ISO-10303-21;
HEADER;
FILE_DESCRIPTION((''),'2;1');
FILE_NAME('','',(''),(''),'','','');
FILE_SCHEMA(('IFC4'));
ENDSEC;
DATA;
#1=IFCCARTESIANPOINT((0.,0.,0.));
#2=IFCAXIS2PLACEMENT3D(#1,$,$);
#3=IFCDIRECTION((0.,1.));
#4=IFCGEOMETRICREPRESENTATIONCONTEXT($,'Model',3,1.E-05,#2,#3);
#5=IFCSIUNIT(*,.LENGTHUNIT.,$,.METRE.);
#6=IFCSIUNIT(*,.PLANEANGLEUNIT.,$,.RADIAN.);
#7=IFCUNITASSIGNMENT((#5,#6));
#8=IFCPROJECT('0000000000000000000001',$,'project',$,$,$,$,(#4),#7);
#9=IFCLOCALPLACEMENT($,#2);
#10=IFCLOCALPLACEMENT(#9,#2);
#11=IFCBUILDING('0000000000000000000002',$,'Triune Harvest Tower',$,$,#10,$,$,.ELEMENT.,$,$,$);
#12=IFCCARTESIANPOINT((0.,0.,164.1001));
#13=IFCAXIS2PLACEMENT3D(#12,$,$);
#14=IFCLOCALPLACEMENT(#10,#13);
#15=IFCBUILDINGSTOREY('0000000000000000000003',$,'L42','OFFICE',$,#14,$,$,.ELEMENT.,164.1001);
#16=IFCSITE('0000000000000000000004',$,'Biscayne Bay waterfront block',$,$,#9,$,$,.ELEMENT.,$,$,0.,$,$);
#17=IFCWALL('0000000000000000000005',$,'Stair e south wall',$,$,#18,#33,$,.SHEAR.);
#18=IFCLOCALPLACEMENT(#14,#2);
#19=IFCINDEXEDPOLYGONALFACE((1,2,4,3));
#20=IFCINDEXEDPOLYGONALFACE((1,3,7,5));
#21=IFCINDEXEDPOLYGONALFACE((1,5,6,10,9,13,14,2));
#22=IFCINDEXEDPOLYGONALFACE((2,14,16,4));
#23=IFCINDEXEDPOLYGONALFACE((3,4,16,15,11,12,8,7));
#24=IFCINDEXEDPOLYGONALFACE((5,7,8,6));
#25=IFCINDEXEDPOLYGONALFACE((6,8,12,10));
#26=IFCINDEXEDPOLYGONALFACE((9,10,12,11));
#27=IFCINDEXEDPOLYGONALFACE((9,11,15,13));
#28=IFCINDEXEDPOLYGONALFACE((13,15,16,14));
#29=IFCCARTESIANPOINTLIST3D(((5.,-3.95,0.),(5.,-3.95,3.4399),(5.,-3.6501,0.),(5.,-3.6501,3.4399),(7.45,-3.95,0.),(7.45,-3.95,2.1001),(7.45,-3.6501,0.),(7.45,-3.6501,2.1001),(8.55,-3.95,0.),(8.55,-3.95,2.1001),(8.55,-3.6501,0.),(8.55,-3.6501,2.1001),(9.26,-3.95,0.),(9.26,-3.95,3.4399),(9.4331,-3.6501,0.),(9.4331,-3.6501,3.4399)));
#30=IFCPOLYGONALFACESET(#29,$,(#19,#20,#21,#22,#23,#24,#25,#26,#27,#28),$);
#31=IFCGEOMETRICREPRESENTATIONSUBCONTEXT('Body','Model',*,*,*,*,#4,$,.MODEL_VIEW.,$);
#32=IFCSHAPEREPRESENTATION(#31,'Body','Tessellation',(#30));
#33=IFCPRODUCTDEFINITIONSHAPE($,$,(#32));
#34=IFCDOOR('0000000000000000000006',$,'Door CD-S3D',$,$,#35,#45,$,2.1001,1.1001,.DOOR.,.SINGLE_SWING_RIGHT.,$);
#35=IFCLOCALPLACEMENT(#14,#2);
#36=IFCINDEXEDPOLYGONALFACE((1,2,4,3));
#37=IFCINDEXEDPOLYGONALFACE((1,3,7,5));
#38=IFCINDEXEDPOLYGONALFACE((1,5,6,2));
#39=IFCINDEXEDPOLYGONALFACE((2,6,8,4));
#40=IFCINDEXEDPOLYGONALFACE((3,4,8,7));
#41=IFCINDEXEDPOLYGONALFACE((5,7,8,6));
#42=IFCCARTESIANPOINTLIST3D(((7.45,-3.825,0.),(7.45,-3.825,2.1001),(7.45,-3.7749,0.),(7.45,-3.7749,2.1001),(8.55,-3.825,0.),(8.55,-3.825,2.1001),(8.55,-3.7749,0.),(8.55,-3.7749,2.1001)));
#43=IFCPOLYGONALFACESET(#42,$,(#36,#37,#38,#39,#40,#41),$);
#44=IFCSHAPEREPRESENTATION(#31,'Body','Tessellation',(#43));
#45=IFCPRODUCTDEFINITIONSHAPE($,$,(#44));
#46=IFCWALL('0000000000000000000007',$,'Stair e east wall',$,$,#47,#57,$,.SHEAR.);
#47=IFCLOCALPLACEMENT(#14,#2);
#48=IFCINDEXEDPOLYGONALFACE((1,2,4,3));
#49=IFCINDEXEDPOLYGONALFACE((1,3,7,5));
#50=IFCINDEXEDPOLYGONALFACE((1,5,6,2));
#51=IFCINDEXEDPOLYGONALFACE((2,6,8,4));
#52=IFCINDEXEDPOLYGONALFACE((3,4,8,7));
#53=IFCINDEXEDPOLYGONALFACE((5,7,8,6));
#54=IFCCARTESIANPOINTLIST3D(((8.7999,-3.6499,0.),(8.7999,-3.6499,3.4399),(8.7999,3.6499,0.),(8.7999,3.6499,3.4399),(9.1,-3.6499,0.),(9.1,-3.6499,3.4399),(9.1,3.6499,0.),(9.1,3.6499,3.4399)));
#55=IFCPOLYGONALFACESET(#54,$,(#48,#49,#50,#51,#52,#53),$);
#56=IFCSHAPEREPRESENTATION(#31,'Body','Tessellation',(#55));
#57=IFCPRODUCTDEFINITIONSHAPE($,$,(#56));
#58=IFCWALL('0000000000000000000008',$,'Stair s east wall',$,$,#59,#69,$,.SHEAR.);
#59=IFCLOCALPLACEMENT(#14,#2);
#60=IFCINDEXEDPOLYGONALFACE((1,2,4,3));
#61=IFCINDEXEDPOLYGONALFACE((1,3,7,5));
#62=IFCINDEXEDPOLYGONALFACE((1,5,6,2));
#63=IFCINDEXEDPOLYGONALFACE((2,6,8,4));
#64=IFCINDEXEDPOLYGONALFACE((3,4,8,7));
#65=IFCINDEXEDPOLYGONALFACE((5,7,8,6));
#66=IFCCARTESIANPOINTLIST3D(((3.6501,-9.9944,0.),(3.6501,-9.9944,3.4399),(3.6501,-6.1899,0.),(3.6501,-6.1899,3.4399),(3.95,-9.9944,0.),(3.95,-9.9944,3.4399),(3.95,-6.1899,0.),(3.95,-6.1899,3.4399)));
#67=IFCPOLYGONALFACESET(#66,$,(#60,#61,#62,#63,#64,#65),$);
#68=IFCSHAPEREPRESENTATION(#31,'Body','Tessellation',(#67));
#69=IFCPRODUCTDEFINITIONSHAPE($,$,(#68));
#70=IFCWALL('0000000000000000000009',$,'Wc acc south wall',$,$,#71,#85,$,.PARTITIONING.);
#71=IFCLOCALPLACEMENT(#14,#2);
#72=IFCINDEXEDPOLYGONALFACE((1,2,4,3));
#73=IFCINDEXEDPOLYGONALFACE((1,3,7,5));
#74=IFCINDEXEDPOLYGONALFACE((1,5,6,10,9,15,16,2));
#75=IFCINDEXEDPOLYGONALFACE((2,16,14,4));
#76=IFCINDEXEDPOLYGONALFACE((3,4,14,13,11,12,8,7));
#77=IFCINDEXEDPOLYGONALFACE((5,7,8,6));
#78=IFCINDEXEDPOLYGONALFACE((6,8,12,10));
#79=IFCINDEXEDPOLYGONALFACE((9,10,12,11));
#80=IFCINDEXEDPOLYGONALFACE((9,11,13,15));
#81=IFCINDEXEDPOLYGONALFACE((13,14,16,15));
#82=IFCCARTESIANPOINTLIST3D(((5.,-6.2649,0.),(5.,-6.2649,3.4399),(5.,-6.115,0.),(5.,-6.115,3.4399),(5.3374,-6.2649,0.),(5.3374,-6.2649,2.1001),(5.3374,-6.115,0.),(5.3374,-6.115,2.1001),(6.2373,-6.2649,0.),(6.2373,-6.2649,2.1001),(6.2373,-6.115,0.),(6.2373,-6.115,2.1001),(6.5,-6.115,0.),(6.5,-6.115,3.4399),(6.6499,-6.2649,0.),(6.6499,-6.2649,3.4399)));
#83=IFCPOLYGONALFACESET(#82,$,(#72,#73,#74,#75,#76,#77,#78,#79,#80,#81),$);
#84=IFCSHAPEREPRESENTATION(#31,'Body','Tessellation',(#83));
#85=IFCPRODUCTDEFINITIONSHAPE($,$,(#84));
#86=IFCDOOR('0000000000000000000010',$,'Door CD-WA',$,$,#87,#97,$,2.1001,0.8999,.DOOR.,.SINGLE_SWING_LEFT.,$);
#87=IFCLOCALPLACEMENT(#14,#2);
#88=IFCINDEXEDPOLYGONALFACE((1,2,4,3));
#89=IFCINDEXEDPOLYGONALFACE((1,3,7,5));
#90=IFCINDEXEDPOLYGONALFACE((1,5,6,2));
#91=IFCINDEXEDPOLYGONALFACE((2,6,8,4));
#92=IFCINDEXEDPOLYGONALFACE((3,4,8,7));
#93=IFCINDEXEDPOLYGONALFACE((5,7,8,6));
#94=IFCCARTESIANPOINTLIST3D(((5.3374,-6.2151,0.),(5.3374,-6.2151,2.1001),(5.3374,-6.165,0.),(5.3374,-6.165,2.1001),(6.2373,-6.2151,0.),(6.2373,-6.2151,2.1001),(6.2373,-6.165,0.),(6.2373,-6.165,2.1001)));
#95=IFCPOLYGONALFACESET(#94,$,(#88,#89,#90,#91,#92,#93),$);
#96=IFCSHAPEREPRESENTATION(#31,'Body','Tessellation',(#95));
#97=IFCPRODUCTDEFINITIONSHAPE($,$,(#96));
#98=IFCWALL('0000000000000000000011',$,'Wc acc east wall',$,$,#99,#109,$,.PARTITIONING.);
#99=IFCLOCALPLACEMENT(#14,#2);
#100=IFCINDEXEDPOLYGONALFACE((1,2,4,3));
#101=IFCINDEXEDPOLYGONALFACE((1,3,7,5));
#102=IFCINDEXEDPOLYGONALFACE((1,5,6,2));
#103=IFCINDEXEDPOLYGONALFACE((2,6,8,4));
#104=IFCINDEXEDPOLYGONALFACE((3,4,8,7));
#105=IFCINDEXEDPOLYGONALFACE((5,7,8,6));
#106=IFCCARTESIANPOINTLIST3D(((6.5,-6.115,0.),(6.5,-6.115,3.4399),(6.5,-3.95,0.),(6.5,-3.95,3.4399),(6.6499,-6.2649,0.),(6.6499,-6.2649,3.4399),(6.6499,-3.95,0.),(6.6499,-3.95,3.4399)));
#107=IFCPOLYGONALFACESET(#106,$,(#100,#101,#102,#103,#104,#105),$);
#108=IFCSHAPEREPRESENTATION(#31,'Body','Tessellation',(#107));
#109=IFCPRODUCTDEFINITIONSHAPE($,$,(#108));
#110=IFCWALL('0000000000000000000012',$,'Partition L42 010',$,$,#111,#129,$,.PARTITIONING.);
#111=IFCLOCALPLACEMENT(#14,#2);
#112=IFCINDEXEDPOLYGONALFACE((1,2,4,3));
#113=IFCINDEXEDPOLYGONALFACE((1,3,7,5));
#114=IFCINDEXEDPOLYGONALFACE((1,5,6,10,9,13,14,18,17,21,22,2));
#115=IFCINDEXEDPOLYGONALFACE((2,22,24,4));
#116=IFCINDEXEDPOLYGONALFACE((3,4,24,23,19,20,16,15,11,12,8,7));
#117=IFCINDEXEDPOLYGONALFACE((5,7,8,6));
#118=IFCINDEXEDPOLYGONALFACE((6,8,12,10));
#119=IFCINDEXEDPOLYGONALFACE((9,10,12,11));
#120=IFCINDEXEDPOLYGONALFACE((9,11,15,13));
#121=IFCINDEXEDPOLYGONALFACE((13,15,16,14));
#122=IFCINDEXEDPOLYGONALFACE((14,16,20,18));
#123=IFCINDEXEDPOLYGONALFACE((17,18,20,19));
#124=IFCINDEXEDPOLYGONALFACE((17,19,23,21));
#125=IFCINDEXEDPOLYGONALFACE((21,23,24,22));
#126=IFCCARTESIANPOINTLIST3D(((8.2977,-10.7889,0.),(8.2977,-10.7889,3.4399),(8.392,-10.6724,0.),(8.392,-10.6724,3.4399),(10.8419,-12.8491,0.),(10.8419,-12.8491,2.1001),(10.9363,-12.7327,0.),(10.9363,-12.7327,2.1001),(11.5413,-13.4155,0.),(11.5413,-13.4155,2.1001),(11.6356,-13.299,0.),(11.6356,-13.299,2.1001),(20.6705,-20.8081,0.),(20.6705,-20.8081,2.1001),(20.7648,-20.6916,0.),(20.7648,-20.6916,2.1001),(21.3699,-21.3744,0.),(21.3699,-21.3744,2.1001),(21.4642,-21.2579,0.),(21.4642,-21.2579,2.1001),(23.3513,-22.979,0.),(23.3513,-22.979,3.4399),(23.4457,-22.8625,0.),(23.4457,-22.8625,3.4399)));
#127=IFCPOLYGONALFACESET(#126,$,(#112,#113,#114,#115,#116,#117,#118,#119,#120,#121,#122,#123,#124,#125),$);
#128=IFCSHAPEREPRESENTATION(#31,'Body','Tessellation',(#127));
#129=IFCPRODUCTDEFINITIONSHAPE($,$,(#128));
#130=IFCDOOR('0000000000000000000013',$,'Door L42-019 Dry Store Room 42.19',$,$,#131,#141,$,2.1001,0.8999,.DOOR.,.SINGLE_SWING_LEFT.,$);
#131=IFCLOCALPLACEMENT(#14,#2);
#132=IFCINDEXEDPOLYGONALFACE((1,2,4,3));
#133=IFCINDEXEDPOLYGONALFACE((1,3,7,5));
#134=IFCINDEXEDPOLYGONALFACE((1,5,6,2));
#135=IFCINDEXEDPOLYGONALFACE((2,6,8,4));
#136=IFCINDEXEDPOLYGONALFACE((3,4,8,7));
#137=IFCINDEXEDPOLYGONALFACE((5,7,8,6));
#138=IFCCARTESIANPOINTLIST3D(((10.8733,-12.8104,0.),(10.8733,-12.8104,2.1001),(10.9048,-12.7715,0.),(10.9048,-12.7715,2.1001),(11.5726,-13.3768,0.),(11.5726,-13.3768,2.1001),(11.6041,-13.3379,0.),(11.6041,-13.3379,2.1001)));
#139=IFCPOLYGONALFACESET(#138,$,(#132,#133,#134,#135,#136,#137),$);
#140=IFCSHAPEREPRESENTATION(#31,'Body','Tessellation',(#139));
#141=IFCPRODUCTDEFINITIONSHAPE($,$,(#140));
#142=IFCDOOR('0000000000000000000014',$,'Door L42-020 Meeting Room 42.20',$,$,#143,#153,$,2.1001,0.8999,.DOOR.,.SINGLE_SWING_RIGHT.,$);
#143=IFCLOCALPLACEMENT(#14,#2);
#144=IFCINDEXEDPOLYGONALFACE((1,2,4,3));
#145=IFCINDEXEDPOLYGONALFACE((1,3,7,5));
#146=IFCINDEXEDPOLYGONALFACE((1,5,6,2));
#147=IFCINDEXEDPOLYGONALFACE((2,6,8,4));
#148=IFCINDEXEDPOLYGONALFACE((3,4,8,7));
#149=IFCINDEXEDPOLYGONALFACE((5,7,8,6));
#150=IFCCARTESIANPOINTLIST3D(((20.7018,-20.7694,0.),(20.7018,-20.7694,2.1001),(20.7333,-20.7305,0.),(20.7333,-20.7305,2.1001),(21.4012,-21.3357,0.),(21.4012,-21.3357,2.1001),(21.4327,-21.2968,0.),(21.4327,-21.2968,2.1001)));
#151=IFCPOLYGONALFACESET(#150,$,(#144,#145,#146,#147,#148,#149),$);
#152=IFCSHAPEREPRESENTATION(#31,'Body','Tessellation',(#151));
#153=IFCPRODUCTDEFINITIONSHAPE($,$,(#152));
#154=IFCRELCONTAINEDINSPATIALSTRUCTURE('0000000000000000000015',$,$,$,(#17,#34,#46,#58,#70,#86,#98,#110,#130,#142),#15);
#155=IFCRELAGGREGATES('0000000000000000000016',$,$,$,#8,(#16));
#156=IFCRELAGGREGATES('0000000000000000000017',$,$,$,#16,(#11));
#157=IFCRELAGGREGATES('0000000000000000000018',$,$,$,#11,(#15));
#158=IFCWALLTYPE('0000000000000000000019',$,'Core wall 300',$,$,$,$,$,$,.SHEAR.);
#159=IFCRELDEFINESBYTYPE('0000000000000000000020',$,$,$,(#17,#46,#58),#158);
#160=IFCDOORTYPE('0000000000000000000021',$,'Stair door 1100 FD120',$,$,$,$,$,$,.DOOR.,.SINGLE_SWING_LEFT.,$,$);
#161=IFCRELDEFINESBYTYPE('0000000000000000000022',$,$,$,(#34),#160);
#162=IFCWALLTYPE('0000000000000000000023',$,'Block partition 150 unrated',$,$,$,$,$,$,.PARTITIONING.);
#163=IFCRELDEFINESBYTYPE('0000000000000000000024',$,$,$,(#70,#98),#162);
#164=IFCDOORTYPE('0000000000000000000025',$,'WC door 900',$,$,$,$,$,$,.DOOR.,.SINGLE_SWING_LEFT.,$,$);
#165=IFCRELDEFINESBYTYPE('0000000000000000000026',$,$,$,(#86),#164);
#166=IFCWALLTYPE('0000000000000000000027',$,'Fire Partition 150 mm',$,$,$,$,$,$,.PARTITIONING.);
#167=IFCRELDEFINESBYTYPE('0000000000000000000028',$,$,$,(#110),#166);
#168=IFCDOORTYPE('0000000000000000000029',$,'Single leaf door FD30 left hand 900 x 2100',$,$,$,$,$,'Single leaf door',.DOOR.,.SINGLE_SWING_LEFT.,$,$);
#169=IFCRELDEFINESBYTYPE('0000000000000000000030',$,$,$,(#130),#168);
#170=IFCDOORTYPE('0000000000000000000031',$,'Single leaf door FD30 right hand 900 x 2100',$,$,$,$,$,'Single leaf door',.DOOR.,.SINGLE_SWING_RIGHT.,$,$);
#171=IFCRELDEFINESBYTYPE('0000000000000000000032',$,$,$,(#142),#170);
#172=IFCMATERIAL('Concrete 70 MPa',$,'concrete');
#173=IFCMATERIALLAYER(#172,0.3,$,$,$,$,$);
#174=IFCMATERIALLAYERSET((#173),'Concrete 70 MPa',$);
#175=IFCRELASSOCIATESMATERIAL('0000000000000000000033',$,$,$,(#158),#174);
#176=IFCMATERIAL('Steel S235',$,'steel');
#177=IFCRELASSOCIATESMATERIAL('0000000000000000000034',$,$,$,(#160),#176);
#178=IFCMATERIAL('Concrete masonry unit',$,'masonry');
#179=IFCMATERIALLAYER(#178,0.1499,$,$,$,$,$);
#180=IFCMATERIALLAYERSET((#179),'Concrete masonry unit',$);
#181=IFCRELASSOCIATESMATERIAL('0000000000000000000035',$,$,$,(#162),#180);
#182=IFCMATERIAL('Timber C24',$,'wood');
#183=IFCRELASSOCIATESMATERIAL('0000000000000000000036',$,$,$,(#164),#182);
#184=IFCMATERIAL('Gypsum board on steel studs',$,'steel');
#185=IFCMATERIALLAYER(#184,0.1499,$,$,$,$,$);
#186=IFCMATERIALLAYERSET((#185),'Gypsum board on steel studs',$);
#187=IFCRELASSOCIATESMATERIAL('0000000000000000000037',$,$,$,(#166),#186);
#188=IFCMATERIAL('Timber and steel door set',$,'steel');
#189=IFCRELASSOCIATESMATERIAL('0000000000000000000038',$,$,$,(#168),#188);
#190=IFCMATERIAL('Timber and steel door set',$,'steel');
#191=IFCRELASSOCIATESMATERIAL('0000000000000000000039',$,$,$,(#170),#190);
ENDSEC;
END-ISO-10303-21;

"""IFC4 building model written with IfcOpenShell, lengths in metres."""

from ifc_helpers import new_model, si_unit, direction, frame, frame_2d, origin, place, context, subcontext, project, spatial, polyline, rectangle, outline, extrude, source, transform, mapped, material, layer, layer_set, type_object, element, fill, save


model = new_model("IFC4")

# Units and contexts
model_context = context("Model", 3, precision=1e-05, world=origin(), true_north=direction((0.0, 1.0)))
body_context = subcontext(model_context, "Body", "Model", "MODEL_VIEW")
ifc_project = project(units=[si_unit("LENGTHUNIT", "METRE"), si_unit("PLANEANGLEUNIT", "RADIAN")], contexts=[model_context])

# Site, building, storey
site_placement = place(None, origin())
site = spatial("IfcSite", under=ifc_project, at=site_placement, Name="Biscayne Bay waterfront block", CompositionType="ELEMENT", RefElevation=0.0)
building_placement = place(site_placement, origin())
building = spatial("IfcBuilding", under=site, at=building_placement, Name="Triune Harvest Tower", CompositionType="ELEMENT")
storey_placement = place(building_placement, frame((0.0, 0.0, 164.1001)))
storey = spatial("IfcBuildingStorey", under=building, at=storey_placement, Name="L42", Description="OFFICE", CompositionType="ELEMENT", Elevation=164.1001)

# Shared definitions
ifc_material_1 = material(Name="Concrete 70 MPa", Category="concrete")
ifc_layer_1 = layer(ifc_material_1, 0.3)
ifc_layer_set_1 = layer_set([ifc_layer_1], Name="Concrete 70 MPa")
wall_type_1 = type_object("IfcWallType", Name="Core wall 300", PredefinedType="SHEAR", material=ifc_layer_set_1)

# Wall, opening, door
ifc_material_2 = material(Name="Steel S235", Category="steel")
door_type_1 = type_object("IfcDoorType", Name="Stair door 1100 FD120", OperationType="SINGLE_SWING_LEFT", PredefinedType="DOOR", material=ifc_material_2)
shared_shape_1 = source(origin(), body_context, "Body", "SweptSolid", [
    extrude(outline(polyline([(0.0, -0.1499), (0.0, 0.1499), (4.4331, 0.1499), (4.26, -0.1499), (0.0, -0.1499)])), origin(), (0.0, 0.0, 1.0), 3.4399),
])
wall_1_placement = place(storey_placement, frame((5.0, -3.8, 0.0), z_axis=(0.0, 0.0, 1.0), x_axis=(1.0, 0.0, 0.0)))
wall_1 = element("IfcWall", 1, at=wall_1_placement, inside=storey, type_object=wall_type_1, Name="Stair e south wall", PredefinedType="SHEAR", context=body_context, shape_type="MappedRepresentation", body=[
    mapped(shared_shape_1, transform((0.0, 0.0, 0.0), scale=1.0)),
])
opening_1_placement = place(wall_1_placement, frame((2.45, 0.0, 0.0)))
opening_1 = element("IfcOpeningElement", 2, at=opening_1_placement, cuts=wall_1, PredefinedType="OPENING", context=body_context, shape_type="SweptSolid", body=[
    extrude(rectangle(XDim=1.1001, YDim=2.1001, at=frame_2d((0.55, 1.05))), frame((0.0, 0.1602, 0.0), z_axis=(0.0, -1.0, 0.0), x_axis=(1.0, 0.0, 0.0)), (0.0, 0.0, 1.0), 0.3201),
])
door_1_placement = place(opening_1_placement, frame((1.1001, 0.0, 0.0), z_axis=(0.0, 0.0, 1.0), x_axis=(-1.0, 0.0, 0.0)))
door_1 = element("IfcDoor", 3, at=door_1_placement, inside=storey, type_object=door_type_1, Name="Door CD-S3D", OperationType="SINGLE_SWING_RIGHT", OverallHeight=2.1001, OverallWidth=1.1001, PredefinedType="DOOR", context=body_context, shape_type="SweptSolid", body=[
    extrude(rectangle(XDim=1.1001, YDim=2.1001, at=frame_2d((0.55, 1.05))), frame((0.0, 0.0249, 0.0), z_axis=(0.0, -1.0, 0.0), x_axis=(1.0, 0.0, 0.0)), (0.0, 0.0, 1.0), 0.05),
])
fill(opening_1, door_1)

# Walls
shared_shape_2 = source(origin(), body_context, "Body", "SweptSolid", [
    extrude(rectangle(XDim=7.2998, YDim=0.3, at=frame_2d((3.6499, 0.0))), origin(), (0.0, 0.0, 1.0), 3.4399),
])
wall_2_placement = place(storey_placement, frame((8.95, -3.6499, 0.0), z_axis=(0.0, 0.0, 1.0), x_axis=(0.0, 1.0, 0.0)))
element("IfcWall", 4, at=wall_2_placement, inside=storey, type_object=wall_type_1, Name="Stair e east wall", PredefinedType="SHEAR", context=body_context, shape_type="MappedRepresentation", body=[
    mapped(shared_shape_2, transform((0.0, 0.0, 0.0), scale=1.0)),
])
shared_shape_3 = source(origin(), body_context, "Body", "SweptSolid", [
    extrude(outline(polyline([(3.8, -0.1499), (-0.0044, -0.1499), (-0.0044, 0.1499), (3.8, 0.1499), (3.8, -0.1499)])), origin(), (0.0, 0.0, 1.0), 3.4399),
])
wall_3_placement = place(storey_placement, frame((3.8, -9.99, 0.0), z_axis=(0.0, 0.0, 1.0), x_axis=(0.0, 1.0, 0.0)))
element("IfcWall", 5, at=wall_3_placement, inside=storey, type_object=wall_type_1, Name="Stair s east wall", PredefinedType="SHEAR", context=body_context, shape_type="MappedRepresentation", body=[
    mapped(shared_shape_3, transform((0.0, 0.0, 0.0), scale=1.0)),
])

# Wall, opening, door
ifc_material_3 = material(Name="Concrete masonry unit", Category="masonry")
ifc_layer_2 = layer(ifc_material_3, 0.1499)
ifc_layer_set_2 = layer_set([ifc_layer_2], Name="Concrete masonry unit")
wall_type_2 = type_object("IfcWallType", Name="Block partition 150 unrated", PredefinedType="PARTITIONING", material=ifc_layer_set_2)
shared_shape_4 = source(origin(), body_context, "Body", "SweptSolid", [
    extrude(outline(polyline([(0.0, -0.075), (1.6499, -0.075), (1.5, 0.075), (0.0, 0.075), (0.0, -0.075)])), origin(), (0.0, 0.0, 1.0), 3.4399),
])
wall_4_placement = place(storey_placement, frame((5.0, -6.1899, 0.0), z_axis=(0.0, 0.0, 1.0), x_axis=(1.0, 0.0, 0.0)))
wall_4 = element("IfcWall", 6, at=wall_4_placement, inside=storey, type_object=wall_type_2, Name="Wc acc south wall", PredefinedType="PARTITIONING", context=body_context, shape_type="MappedRepresentation", body=[
    mapped(shared_shape_4, transform((0.0, 0.0, 0.0), scale=1.0)),
])
opening_2_placement = place(wall_4_placement, frame((0.3374, 0.0, 0.0)))
opening_2 = element("IfcOpeningElement", 7, at=opening_2_placement, cuts=wall_4, PredefinedType="OPENING", context=body_context, shape_type="SweptSolid", body=[
    extrude(rectangle(XDim=0.8999, YDim=2.1001, at=frame_2d((0.45, 1.05))), frame((0.0, 0.085, 0.0), z_axis=(0.0, -1.0, 0.0), x_axis=(1.0, 0.0, 0.0)), (0.0, 0.0, 1.0), 0.1699),
])
ifc_material_4 = material(Name="Timber C24", Category="wood")
door_type_2 = type_object("IfcDoorType", Name="WC door 900", OperationType="SINGLE_SWING_LEFT", PredefinedType="DOOR", material=ifc_material_4)
door_2_placement = place(opening_2_placement, origin())
door_2 = element("IfcDoor", 8, at=door_2_placement, inside=storey, type_object=door_type_2, Name="Door CD-WA", OperationType="SINGLE_SWING_LEFT", OverallHeight=2.1001, OverallWidth=0.8999, PredefinedType="DOOR", context=body_context, shape_type="SweptSolid", body=[
    extrude(rectangle(XDim=0.8999, YDim=2.1001, at=frame_2d((0.45, 1.05))), frame((0.0, 0.0249, 0.0), z_axis=(0.0, -1.0, 0.0), x_axis=(1.0, 0.0, 0.0)), (0.0, 0.0, 1.0), 0.05),
])
fill(opening_2, door_2)

# Wall
shared_shape_5 = source(origin(), body_context, "Body", "SweptSolid", [
    extrude(outline(polyline([(-0.075, -0.075), (2.24, -0.075), (2.24, 0.075), (0.075, 0.075), (-0.075, -0.075)])), origin(), (0.0, 0.0, 1.0), 3.4399),
])
wall_5_placement = place(storey_placement, frame((6.575, -6.1899, 0.0), z_axis=(0.0, 0.0, 1.0), x_axis=(0.0, 1.0, 0.0)))
element("IfcWall", 9, at=wall_5_placement, inside=storey, type_object=wall_type_2, Name="Wc acc east wall", PredefinedType="PARTITIONING", context=body_context, shape_type="MappedRepresentation", body=[
    mapped(shared_shape_5, transform((0.0, 0.0, 0.0), scale=1.0)),
])

# Wall, openings, doors
ifc_material_5 = material(Name="Gypsum board on steel studs", Category="steel")
ifc_layer_3 = layer(ifc_material_5, 0.1499)
ifc_layer_set_3 = layer_set([ifc_layer_3], Name="Gypsum board on steel studs")
wall_type_3 = type_object("IfcWallType", Name="Fire Partition 150 mm", PredefinedType="PARTITIONING", material=ifc_layer_set_3)
shared_shape_6 = source(origin(), body_context, "Body", "SweptSolid", [
    extrude(rectangle(XDim=19.3704, YDim=0.1499, at=frame_2d((9.6851, 0.0))), origin(), (0.0, 0.0, 1.0), 3.4399),
])
wall_6_placement = place(storey_placement, frame((8.345, -10.7307, 0.0), z_axis=(0.0, 0.0, 1.0), x_axis=(0.777148, -0.629318, 0.0)))
wall_6 = element("IfcWall", 10, at=wall_6_placement, inside=storey, type_object=wall_type_3, Name="Partition L42 010", PredefinedType="PARTITIONING", context=body_context, shape_type="MappedRepresentation", body=[
    mapped(shared_shape_6, transform((0.0, 0.0, 0.0), scale=1.0)),
])
opening_3_placement = place(wall_6_placement, frame((3.2737, 0.0, 0.0)))
opening_3 = element("IfcOpeningElement", 11, at=opening_3_placement, cuts=wall_6, PredefinedType="OPENING", context=body_context, shape_type="SweptSolid", body=[
    extrude(rectangle(XDim=0.8999, YDim=2.1001, at=frame_2d((0.45, 1.05))), frame((0.0, 0.085, 0.0), z_axis=(0.0, -1.0, 0.0), x_axis=(1.0, 0.0, 0.0)), (0.0, 0.0, 1.0), 0.1699),
])
opening_4_placement = place(wall_6_placement, frame((15.9207, 0.0, 0.0)))
opening_4 = element("IfcOpeningElement", 12, at=opening_4_placement, cuts=wall_6, PredefinedType="OPENING", context=body_context, shape_type="SweptSolid", body=[
    extrude(rectangle(XDim=0.8999, YDim=2.1001, at=frame_2d((0.45, 1.05))), frame((0.0, 0.085, 0.0), z_axis=(0.0, -1.0, 0.0), x_axis=(1.0, 0.0, 0.0)), (0.0, 0.0, 1.0), 0.1699),
])
ifc_material_6 = material(Name="Timber and steel door set", Category="steel")
door_type_3 = type_object("IfcDoorType", Name="Single leaf door FD30 left hand 900 x 2100", ElementType="Single leaf door", OperationType="SINGLE_SWING_LEFT", PredefinedType="DOOR", material=ifc_material_6)
door_3_placement = place(opening_3_placement, origin())
door_3 = element("IfcDoor", 13, at=door_3_placement, inside=storey, type_object=door_type_3, Name="Door L42-019 Dry Store Room 42.19", OperationType="SINGLE_SWING_LEFT", OverallHeight=2.1001, OverallWidth=0.8999, PredefinedType="DOOR", context=body_context, shape_type="SweptSolid", body=[
    extrude(rectangle(XDim=0.8999, YDim=2.1001, at=frame_2d((0.45, 1.05))), frame((0.0, 0.0249, 0.0), z_axis=(0.0, -1.0, 0.0), x_axis=(1.0, 0.0, 0.0)), (0.0, 0.0, 1.0), 0.05),
])
fill(opening_3, door_3)
ifc_material_7 = material(Name="Timber and steel door set", Category="steel")
door_type_4 = type_object("IfcDoorType", Name="Single leaf door FD30 right hand 900 x 2100", ElementType="Single leaf door", OperationType="SINGLE_SWING_RIGHT", PredefinedType="DOOR", material=ifc_material_7)
door_4_placement = place(opening_4_placement, origin())
door_4 = element("IfcDoor", 14, at=door_4_placement, inside=storey, type_object=door_type_4, Name="Door L42-020 Meeting Room 42.20", OperationType="SINGLE_SWING_RIGHT", OverallHeight=2.1001, OverallWidth=0.8999, PredefinedType="DOOR", context=body_context, shape_type="SweptSolid", body=[
    extrude(rectangle(XDim=0.8999, YDim=2.1001, at=frame_2d((0.45, 1.05))), frame((0.0, 0.0249, 0.0), z_axis=(0.0, -1.0, 0.0), x_axis=(1.0, 0.0, 0.0)), (0.0, 0.0, 1.0), 0.05),
])
fill(opening_4, door_4)

save(model, "model.ifc")
